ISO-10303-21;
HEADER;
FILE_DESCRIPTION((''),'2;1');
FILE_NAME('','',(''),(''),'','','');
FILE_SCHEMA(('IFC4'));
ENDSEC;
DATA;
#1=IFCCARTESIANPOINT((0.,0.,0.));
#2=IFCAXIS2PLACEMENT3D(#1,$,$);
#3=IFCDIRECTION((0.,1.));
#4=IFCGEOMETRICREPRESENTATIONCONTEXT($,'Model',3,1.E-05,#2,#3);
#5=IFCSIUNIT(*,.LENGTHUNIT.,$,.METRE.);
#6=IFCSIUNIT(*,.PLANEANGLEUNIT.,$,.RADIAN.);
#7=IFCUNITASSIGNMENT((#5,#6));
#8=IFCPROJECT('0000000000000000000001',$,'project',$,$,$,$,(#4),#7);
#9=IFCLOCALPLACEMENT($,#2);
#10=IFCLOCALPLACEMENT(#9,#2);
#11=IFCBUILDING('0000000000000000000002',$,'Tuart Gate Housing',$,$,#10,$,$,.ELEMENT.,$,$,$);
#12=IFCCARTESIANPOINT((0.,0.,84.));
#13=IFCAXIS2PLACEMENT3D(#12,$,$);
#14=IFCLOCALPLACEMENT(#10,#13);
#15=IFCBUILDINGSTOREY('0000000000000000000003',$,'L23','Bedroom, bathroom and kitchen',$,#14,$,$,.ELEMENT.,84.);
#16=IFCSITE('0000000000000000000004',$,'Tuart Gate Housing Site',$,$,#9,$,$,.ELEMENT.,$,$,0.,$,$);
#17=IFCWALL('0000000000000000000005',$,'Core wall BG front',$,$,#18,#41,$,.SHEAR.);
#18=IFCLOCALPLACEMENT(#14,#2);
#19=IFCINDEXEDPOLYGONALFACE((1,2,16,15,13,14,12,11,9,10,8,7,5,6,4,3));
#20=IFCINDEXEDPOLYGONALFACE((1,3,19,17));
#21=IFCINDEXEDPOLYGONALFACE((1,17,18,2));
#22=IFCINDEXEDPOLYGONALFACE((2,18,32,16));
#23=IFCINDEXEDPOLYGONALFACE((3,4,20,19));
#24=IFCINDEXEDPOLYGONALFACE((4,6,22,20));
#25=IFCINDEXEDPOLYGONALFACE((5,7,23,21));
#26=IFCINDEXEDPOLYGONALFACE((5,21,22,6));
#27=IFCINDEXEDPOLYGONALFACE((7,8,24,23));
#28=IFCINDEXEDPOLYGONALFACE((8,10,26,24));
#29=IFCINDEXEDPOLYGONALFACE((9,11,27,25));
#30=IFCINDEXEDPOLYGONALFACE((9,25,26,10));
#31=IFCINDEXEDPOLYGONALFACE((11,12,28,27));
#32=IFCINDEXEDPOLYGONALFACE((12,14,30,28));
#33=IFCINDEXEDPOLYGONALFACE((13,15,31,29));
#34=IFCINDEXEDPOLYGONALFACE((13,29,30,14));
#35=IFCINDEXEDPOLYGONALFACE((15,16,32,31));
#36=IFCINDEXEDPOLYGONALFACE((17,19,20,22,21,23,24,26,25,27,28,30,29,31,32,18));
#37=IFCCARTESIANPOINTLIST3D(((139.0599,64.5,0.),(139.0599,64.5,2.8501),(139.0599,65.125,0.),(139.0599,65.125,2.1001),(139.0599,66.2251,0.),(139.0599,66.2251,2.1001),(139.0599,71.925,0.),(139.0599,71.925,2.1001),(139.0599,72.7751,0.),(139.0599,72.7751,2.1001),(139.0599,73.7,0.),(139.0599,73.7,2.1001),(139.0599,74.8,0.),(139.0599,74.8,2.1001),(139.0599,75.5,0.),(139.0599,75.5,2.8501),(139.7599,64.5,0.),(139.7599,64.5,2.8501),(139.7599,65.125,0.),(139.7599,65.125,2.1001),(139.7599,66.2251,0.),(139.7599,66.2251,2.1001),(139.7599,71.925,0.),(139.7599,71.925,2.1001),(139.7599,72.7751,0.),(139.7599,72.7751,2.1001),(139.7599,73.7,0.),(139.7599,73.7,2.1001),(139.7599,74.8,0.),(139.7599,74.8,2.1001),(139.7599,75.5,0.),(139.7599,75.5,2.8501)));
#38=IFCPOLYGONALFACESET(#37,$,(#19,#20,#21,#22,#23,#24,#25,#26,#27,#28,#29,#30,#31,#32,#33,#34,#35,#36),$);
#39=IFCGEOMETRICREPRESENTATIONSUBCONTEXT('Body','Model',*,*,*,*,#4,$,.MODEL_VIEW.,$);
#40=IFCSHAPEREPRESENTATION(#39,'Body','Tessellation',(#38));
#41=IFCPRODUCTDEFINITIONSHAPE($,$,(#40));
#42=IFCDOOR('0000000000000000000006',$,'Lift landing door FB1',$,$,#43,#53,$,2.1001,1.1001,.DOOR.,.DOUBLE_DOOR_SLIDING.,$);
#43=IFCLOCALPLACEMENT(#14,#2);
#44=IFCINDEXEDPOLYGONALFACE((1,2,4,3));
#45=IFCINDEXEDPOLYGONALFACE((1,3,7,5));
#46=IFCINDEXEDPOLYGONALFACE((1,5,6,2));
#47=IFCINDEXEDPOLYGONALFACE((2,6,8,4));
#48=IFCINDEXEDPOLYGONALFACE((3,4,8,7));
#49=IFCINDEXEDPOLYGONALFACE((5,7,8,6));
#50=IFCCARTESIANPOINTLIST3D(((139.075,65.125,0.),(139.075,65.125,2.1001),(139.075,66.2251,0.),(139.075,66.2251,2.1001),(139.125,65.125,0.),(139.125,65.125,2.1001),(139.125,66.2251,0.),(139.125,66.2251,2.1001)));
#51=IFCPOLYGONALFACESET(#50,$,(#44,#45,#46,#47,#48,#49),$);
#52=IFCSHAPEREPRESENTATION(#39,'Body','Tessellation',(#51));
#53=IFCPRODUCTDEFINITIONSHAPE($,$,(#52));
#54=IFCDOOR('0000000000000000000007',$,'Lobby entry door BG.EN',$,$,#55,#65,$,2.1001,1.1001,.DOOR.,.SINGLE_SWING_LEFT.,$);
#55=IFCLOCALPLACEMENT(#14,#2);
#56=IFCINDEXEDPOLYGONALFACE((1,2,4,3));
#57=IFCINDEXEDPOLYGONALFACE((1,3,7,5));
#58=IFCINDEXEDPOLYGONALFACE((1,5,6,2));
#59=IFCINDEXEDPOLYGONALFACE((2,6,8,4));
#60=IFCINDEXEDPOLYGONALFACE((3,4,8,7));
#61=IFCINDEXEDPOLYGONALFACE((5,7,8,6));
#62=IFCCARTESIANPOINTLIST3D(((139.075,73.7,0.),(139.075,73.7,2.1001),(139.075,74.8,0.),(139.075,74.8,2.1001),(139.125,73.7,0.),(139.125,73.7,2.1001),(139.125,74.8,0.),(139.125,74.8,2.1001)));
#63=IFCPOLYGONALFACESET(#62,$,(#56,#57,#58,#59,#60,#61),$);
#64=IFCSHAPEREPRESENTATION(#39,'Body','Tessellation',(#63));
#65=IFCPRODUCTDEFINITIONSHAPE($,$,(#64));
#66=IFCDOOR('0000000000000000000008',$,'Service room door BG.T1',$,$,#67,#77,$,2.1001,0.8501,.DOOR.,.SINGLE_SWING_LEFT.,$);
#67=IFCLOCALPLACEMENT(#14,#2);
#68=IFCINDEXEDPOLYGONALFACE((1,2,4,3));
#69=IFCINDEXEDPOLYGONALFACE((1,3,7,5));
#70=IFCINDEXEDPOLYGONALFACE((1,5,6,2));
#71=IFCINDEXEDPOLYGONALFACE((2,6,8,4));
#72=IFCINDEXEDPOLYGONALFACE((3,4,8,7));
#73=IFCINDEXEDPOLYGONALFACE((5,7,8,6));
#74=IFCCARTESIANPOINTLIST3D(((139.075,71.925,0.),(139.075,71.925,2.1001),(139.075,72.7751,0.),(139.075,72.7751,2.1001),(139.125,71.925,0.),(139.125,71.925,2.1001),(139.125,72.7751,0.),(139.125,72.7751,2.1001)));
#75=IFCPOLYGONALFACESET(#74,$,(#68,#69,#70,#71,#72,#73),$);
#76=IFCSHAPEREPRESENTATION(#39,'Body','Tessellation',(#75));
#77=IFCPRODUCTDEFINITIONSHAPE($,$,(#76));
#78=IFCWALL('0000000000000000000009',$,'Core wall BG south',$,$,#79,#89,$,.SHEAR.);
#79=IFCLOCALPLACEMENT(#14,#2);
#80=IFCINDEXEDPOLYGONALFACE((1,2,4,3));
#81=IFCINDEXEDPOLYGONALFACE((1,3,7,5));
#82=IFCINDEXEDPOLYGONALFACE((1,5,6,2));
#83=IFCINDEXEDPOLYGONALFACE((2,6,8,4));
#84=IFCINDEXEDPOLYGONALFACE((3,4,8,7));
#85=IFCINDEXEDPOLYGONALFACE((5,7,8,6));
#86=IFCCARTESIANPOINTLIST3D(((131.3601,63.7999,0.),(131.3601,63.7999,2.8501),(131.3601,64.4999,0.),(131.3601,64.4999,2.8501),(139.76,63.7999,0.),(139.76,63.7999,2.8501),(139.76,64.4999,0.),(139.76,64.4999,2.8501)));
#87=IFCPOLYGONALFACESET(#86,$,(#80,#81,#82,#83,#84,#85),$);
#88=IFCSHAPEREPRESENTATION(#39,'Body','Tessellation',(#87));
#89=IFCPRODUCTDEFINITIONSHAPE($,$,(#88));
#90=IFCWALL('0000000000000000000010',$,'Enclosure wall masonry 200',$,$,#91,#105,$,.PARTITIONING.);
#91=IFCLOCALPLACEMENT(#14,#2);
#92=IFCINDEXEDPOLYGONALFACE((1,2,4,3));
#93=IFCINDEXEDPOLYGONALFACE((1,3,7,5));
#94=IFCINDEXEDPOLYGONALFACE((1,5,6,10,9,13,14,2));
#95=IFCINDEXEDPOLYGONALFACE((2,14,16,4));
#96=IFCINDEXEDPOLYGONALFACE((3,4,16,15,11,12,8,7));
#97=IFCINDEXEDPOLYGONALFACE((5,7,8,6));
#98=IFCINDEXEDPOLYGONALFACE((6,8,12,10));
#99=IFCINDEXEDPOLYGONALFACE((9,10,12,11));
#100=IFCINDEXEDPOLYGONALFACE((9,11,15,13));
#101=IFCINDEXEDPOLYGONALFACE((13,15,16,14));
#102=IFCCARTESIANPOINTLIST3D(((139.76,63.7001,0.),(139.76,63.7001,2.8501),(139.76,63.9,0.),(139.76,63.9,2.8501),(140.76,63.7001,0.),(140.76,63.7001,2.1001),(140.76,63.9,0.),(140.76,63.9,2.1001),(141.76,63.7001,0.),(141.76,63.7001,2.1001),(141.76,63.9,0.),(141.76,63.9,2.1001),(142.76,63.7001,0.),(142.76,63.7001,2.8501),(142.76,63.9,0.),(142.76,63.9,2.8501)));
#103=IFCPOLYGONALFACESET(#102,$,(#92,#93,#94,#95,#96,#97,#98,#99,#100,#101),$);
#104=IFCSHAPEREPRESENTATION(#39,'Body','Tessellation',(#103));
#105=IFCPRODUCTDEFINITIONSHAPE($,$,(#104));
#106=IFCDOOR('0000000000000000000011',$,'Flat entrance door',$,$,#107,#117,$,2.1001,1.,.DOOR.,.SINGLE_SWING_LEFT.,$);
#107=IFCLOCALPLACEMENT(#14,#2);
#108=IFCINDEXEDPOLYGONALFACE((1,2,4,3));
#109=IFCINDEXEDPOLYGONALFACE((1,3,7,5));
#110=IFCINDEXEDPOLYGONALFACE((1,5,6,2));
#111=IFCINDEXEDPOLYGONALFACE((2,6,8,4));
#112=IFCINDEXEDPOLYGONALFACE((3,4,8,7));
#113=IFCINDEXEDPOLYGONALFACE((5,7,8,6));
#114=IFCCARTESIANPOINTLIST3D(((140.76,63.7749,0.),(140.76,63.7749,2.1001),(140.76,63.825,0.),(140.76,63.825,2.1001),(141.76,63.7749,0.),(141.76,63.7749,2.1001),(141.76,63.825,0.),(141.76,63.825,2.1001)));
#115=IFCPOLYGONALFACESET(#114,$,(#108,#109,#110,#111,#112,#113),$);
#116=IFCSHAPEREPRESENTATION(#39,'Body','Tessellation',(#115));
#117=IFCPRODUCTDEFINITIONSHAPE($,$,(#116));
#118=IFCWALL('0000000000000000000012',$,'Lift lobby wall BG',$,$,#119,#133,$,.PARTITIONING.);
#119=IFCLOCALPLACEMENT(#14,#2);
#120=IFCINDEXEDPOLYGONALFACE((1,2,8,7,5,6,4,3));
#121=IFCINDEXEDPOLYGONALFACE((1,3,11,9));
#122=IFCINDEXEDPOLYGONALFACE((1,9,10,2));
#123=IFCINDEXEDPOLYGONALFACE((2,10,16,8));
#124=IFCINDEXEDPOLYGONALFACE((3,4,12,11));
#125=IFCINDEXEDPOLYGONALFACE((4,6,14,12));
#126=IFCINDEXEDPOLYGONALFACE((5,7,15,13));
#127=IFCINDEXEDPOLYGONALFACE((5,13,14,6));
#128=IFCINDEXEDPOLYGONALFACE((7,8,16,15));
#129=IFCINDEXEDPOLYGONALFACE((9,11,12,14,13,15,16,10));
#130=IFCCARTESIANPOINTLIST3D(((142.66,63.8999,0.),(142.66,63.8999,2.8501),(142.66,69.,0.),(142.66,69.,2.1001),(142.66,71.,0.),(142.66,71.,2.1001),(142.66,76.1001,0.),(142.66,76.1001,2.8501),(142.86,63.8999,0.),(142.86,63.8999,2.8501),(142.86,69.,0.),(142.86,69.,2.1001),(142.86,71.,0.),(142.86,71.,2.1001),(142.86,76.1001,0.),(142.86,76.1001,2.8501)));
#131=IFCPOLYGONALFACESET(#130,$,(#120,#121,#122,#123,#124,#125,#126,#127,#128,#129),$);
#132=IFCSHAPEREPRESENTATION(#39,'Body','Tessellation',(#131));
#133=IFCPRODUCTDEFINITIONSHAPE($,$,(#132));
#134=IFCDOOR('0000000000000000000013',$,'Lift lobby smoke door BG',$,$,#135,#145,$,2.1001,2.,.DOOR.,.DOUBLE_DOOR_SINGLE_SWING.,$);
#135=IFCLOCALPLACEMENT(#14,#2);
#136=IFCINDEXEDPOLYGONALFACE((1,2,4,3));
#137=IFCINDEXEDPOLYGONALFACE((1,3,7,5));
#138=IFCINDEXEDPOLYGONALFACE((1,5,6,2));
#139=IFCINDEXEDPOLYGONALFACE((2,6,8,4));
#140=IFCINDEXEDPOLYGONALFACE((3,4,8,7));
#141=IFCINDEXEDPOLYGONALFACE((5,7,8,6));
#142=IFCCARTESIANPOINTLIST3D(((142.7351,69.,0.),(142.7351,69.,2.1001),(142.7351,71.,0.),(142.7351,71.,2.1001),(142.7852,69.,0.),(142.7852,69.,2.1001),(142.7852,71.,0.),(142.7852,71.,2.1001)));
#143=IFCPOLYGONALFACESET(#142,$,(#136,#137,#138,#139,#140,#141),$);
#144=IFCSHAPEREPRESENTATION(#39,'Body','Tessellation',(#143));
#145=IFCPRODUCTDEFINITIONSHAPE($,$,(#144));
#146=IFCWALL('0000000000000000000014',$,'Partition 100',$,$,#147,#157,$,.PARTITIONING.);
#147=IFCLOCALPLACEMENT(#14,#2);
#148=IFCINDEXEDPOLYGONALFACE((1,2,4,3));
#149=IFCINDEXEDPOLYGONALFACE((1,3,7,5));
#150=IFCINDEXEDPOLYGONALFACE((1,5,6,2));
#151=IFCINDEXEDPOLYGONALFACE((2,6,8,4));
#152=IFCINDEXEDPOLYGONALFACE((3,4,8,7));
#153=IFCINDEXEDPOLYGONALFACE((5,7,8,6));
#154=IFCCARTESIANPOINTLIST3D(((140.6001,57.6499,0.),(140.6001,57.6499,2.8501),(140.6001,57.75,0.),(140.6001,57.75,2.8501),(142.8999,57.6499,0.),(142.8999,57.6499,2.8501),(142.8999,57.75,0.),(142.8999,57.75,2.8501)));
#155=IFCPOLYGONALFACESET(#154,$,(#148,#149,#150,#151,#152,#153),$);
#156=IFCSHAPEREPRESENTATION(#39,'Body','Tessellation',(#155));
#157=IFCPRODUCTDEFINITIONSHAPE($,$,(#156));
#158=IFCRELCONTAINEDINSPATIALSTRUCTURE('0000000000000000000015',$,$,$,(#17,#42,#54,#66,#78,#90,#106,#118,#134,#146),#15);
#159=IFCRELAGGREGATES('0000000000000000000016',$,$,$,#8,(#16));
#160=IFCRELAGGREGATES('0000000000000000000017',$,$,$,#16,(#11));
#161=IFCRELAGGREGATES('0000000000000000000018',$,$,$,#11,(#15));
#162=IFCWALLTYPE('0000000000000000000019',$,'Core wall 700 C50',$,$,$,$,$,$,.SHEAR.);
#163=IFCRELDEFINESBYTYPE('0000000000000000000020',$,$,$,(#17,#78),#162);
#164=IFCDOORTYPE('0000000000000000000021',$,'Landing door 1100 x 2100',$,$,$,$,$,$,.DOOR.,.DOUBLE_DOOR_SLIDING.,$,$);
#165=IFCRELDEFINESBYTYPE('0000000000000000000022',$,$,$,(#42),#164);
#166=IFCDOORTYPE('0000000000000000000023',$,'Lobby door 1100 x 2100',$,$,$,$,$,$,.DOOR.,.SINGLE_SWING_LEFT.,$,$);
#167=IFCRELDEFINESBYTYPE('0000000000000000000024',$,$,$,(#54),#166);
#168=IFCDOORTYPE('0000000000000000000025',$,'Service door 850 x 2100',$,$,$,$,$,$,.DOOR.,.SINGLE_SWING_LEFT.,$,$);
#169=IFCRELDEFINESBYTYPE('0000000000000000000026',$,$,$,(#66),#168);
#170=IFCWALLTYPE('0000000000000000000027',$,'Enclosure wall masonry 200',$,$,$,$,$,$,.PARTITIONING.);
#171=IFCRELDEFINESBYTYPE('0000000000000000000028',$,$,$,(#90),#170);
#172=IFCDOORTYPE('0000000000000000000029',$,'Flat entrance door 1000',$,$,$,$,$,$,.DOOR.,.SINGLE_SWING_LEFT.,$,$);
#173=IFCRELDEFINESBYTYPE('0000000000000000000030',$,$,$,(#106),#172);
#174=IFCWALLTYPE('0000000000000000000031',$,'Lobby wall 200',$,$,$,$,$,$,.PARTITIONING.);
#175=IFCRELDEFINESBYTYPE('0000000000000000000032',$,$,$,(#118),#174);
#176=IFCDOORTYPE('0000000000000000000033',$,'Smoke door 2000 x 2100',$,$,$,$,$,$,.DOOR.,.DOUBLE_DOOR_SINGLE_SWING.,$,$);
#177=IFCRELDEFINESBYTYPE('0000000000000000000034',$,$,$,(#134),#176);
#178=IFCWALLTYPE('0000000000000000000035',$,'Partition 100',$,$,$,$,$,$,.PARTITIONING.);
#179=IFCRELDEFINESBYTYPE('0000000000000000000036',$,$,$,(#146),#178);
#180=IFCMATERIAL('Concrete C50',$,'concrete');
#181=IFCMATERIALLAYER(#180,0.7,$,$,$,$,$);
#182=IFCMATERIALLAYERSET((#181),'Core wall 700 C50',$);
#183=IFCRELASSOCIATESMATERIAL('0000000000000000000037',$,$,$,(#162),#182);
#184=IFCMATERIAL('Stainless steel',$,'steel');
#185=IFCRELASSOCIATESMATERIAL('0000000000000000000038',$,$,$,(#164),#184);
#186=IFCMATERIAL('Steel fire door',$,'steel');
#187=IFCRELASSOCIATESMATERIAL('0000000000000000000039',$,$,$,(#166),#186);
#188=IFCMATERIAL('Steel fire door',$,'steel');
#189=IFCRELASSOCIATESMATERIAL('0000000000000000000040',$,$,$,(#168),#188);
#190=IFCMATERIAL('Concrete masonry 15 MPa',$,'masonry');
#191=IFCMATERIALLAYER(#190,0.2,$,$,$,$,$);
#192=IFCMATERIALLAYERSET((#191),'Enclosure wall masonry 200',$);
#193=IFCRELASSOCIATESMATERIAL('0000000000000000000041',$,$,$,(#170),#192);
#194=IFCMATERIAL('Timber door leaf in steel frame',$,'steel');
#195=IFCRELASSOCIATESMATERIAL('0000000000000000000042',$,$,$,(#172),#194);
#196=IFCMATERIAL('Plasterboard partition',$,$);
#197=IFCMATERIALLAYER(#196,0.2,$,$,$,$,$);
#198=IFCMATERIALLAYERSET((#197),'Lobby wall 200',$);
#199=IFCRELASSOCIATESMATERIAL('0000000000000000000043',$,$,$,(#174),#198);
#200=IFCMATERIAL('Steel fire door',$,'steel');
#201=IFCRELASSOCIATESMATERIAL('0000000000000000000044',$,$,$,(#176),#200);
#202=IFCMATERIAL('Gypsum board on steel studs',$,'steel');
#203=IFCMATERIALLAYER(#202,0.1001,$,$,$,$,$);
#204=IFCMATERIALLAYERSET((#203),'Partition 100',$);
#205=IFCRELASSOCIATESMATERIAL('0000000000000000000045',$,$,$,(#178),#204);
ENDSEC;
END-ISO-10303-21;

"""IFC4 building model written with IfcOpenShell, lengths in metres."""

from ifc_helpers import new_model, si_unit, direction, frame, frame_2d, origin, place, context, subcontext, project, spatial, rectangle, extrude, material, layer, layer_set, type_object, element, fill, save


model = new_model("IFC4")

# Units and contexts
model_context = context("Model", 3, precision=1e-05, world=origin(), true_north=direction((0.0, 1.0)))
body_context = subcontext(model_context, "Body", "Model", "MODEL_VIEW")
ifc_project = project(units=[si_unit("LENGTHUNIT", "METRE"), si_unit("PLANEANGLEUNIT", "RADIAN")], contexts=[model_context])

# Site, building, storey
site_placement = place(None, origin())
site = spatial("IfcSite", under=ifc_project, at=site_placement, Name="Tuart Gate Housing Site", CompositionType="ELEMENT", RefElevation=0.0)
building_placement = place(site_placement, origin())
building = spatial("IfcBuilding", under=site, at=building_placement, Name="Tuart Gate Housing", CompositionType="ELEMENT")
storey_placement = place(building_placement, frame((0.0, 0.0, 84.0)))
storey = spatial("IfcBuildingStorey", under=building, at=storey_placement, Name="L23", Description="Bedroom, bathroom and kitchen", CompositionType="ELEMENT", Elevation=84.0)

# Wall, openings, doors
ifc_material_1 = material(Name="Concrete C50", Category="concrete")
ifc_layer_1 = layer(ifc_material_1, 0.7)
ifc_layer_set_1 = layer_set([ifc_layer_1], Name="Core wall 700 C50")
wall_type_1 = type_object("IfcWallType", Name="Core wall 700 C50", PredefinedType="SHEAR", material=ifc_layer_set_1)
wall_1_placement = place(storey_placement, frame((139.4099, 64.5, 0.0), z_axis=(0.0, 0.0, 1.0), x_axis=(0.0, 1.0, 0.0)))
wall_1 = element("IfcWall", 1, at=wall_1_placement, inside=storey, type_object=wall_type_1, Name="Core wall BG front", PredefinedType="SHEAR", context=body_context, shape_type="SweptSolid", body=[
    extrude(rectangle(XDim=11.0, YDim=0.7, at=frame_2d((5.5, 0.0))), origin(), (0.0, 0.0, 1.0), 2.8501),
])
opening_1_placement = place(wall_1_placement, frame((0.625, 0.0, 0.0)))
opening_1 = element("IfcOpeningElement", 2, at=opening_1_placement, cuts=wall_1, PredefinedType="OPENING", context=body_context, shape_type="SweptSolid", body=[
    extrude(rectangle(XDim=1.1001, YDim=2.1001, at=frame_2d((0.55, 1.05))), frame((0.0, 0.3599, 0.0), z_axis=(0.0, -1.0, 0.0), x_axis=(1.0, 0.0, 0.0)), (0.0, 0.0, 1.0), 0.72),
])
opening_2_placement = place(wall_1_placement, frame((9.2, 0.0, 0.0)))
opening_2 = element("IfcOpeningElement", 3, at=opening_2_placement, cuts=wall_1, PredefinedType="OPENING", context=body_context, shape_type="SweptSolid", body=[
    extrude(rectangle(XDim=1.1001, YDim=2.1001, at=frame_2d((0.55, 1.05))), frame((0.0, 0.3599, 0.0), z_axis=(0.0, -1.0, 0.0), x_axis=(1.0, 0.0, 0.0)), (0.0, 0.0, 1.0), 0.72),
])
opening_3_placement = place(wall_1_placement, frame((7.425, 0.0, 0.0)))
opening_3 = element("IfcOpeningElement", 4, at=opening_3_placement, cuts=wall_1, PredefinedType="OPENING", context=body_context, shape_type="SweptSolid", body=[
    extrude(rectangle(XDim=0.8501, YDim=2.1001, at=frame_2d((0.425, 1.05))), frame((0.0, 0.3599, 0.0), z_axis=(0.0, -1.0, 0.0), x_axis=(1.0, 0.0, 0.0)), (0.0, 0.0, 1.0), 0.72),
])
ifc_material_2 = material(Name="Stainless steel", Category="steel")
door_type_1 = type_object("IfcDoorType", Name="Landing door 1100 x 2100", OperationType="DOUBLE_DOOR_SLIDING", PredefinedType="DOOR", material=ifc_material_2)
door_1_placement = place(opening_1_placement, origin())
door_1 = element("IfcDoor", 5, at=door_1_placement, inside=storey, type_object=door_type_1, Name="Lift landing door FB1", OperationType="DOUBLE_DOOR_SLIDING", OverallHeight=2.1001, OverallWidth=1.1001, PredefinedType="DOOR", context=body_context, shape_type="SweptSolid", body=[
    extrude(rectangle(XDim=1.1001, YDim=2.1001, at=frame_2d((0.55, 1.05))), frame((0.0, 0.335, 0.0), z_axis=(0.0, -1.0, 0.0), x_axis=(1.0, 0.0, 0.0)), (0.0, 0.0, 1.0), 0.05),
])
fill(opening_1, door_1)
ifc_material_3 = material(Name="Steel fire door", Category="steel")
door_type_2 = type_object("IfcDoorType", Name="Lobby door 1100 x 2100", OperationType="SINGLE_SWING_LEFT", PredefinedType="DOOR", material=ifc_material_3)
door_2_placement = place(opening_2_placement, origin())
door_2 = element("IfcDoor", 6, at=door_2_placement, inside=storey, type_object=door_type_2, Name="Lobby entry door BG.EN", OperationType="SINGLE_SWING_LEFT", OverallHeight=2.1001, OverallWidth=1.1001, PredefinedType="DOOR", context=body_context, shape_type="SweptSolid", body=[
    extrude(rectangle(XDim=1.1001, YDim=2.1001, at=frame_2d((0.55, 1.05))), frame((0.0, 0.335, 0.0), z_axis=(0.0, -1.0, 0.0), x_axis=(1.0, 0.0, 0.0)), (0.0, 0.0, 1.0), 0.05),
])
fill(opening_2, door_2)
ifc_material_4 = material(Name="Steel fire door", Category="steel")
door_type_3 = type_object("IfcDoorType", Name="Service door 850 x 2100", OperationType="SINGLE_SWING_LEFT", PredefinedType="DOOR", material=ifc_material_4)
door_3_placement = place(opening_3_placement, origin())
door_3 = element("IfcDoor", 7, at=door_3_placement, inside=storey, type_object=door_type_3, Name="Service room door BG.T1", OperationType="SINGLE_SWING_LEFT", OverallHeight=2.1001, OverallWidth=0.8501, PredefinedType="DOOR", context=body_context, shape_type="SweptSolid", body=[
    extrude(rectangle(XDim=0.8501, YDim=2.1001, at=frame_2d((0.425, 1.05))), frame((0.0, 0.335, 0.0), z_axis=(0.0, -1.0, 0.0), x_axis=(1.0, 0.0, 0.0)), (0.0, 0.0, 1.0), 0.05),
])
fill(opening_3, door_3)

# Wall
wall_2_placement = place(storey_placement, frame((139.76, 64.1499, 0.0), z_axis=(0.0, 0.0, 1.0), x_axis=(-1.0, 0.0, 0.0)))
element("IfcWall", 8, at=wall_2_placement, inside=storey, type_object=wall_type_1, Name="Core wall BG south", PredefinedType="SHEAR", context=body_context, shape_type="SweptSolid", body=[
    extrude(rectangle(XDim=8.3999, YDim=0.7, at=frame_2d((4.2, 0.0))), origin(), (0.0, 0.0, 1.0), 2.8501),
])

# Walls, openings, doors
ifc_material_5 = material(Name="Concrete masonry 15 MPa", Category="masonry")
ifc_layer_2 = layer(ifc_material_5, 0.2)
ifc_layer_set_2 = layer_set([ifc_layer_2], Name="Enclosure wall masonry 200")
wall_type_2 = type_object("IfcWallType", Name="Enclosure wall masonry 200", PredefinedType="PARTITIONING", material=ifc_layer_set_2)
wall_3_placement = place(storey_placement, frame((139.76, 63.8, 0.0), z_axis=(0.0, 0.0, 1.0), x_axis=(1.0, 0.0, 0.0)))
wall_3 = element("IfcWall", 9, at=wall_3_placement, inside=storey, type_object=wall_type_2, Name="Enclosure wall masonry 200", PredefinedType="PARTITIONING", context=body_context, shape_type="SweptSolid", body=[
    extrude(rectangle(XDim=3.0, YDim=0.2, at=frame_2d((1.5, 0.0))), origin(), (0.0, 0.0, 1.0), 2.8501),
])
opening_4_placement = place(wall_3_placement, frame((1.0, 0.0, 0.0)))
opening_4 = element("IfcOpeningElement", 10, at=opening_4_placement, cuts=wall_3, PredefinedType="OPENING", context=body_context, shape_type="SweptSolid", body=[
    extrude(rectangle(XDim=1.0, YDim=2.1001, at=frame_2d((0.5, 1.05))), frame((0.0, 0.1099, 0.0), z_axis=(0.0, -1.0, 0.0), x_axis=(1.0, 0.0, 0.0)), (0.0, 0.0, 1.0), 0.22),
])
ifc_material_6 = material(Name="Timber door leaf in steel frame", Category="steel")
door_type_4 = type_object("IfcDoorType", Name="Flat entrance door 1000", OperationType="SINGLE_SWING_LEFT", PredefinedType="DOOR", material=ifc_material_6)
door_4_placement = place(opening_4_placement, frame((1.0, 0.0, 0.0), z_axis=(0.0, 0.0, 1.0), x_axis=(-1.0, 0.0, 0.0)))
door_4 = element("IfcDoor", 11, at=door_4_placement, inside=storey, type_object=door_type_4, Name="Flat entrance door", OperationType="SINGLE_SWING_LEFT", OverallHeight=2.1001, OverallWidth=1.0, PredefinedType="DOOR", context=body_context, shape_type="SweptSolid", body=[
    extrude(rectangle(XDim=1.0, YDim=2.1001, at=frame_2d((0.5, 1.05))), frame((0.0, 0.0251, 0.0), z_axis=(0.0, -1.0, 0.0), x_axis=(1.0, 0.0, 0.0)), (0.0, 0.0, 1.0), 0.05),
])
fill(opening_4, door_4)
ifc_material_7 = material(Name="Plasterboard partition")
ifc_layer_3 = layer(ifc_material_7, 0.2)
ifc_layer_set_3 = layer_set([ifc_layer_3], Name="Lobby wall 200")
wall_type_3 = type_object("IfcWallType", Name="Lobby wall 200", PredefinedType="PARTITIONING", material=ifc_layer_set_3)
wall_4_placement = place(storey_placement, frame((142.76, 63.8999, 0.0), z_axis=(0.0, 0.0, 1.0), x_axis=(0.0, 1.0, 0.0)))
wall_4 = element("IfcWall", 12, at=wall_4_placement, inside=storey, type_object=wall_type_3, Name="Lift lobby wall BG", PredefinedType="PARTITIONING", context=body_context, shape_type="SweptSolid", body=[
    extrude(rectangle(XDim=12.2002, YDim=0.2, at=frame_2d((6.1001, 0.0))), origin(), (0.0, 0.0, 1.0), 2.8501),
])
opening_5_placement = place(wall_4_placement, frame((5.1001, 0.0, 0.0)))
opening_5 = element("IfcOpeningElement", 13, at=opening_5_placement, cuts=wall_4, PredefinedType="OPENING", context=body_context, shape_type="SweptSolid", body=[
    extrude(rectangle(XDim=2.0, YDim=2.1001, at=frame_2d((1.0, 1.05))), frame((0.0, 0.1099, 0.0), z_axis=(0.0, -1.0, 0.0), x_axis=(1.0, 0.0, 0.0)), (0.0, 0.0, 1.0), 0.22),
])
ifc_material_8 = material(Name="Steel fire door", Category="steel")
door_type_5 = type_object("IfcDoorType", Name="Smoke door 2000 x 2100", OperationType="DOUBLE_DOOR_SINGLE_SWING", PredefinedType="DOOR", material=ifc_material_8)
door_5_placement = place(opening_5_placement, origin())
door_5 = element("IfcDoor", 14, at=door_5_placement, inside=storey, type_object=door_type_5, Name="Lift lobby smoke door BG", OperationType="DOUBLE_DOOR_SINGLE_SWING", OverallHeight=2.1001, OverallWidth=2.0, PredefinedType="DOOR", context=body_context, shape_type="SweptSolid", body=[
    extrude(rectangle(XDim=2.0, YDim=2.1001, at=frame_2d((1.0, 1.05))), frame((0.0, 0.0249, 0.0), z_axis=(0.0, -1.0, 0.0), x_axis=(1.0, 0.0, 0.0)), (0.0, 0.0, 1.0), 0.05),
])
fill(opening_5, door_5)

# Wall
ifc_material_9 = material(Name="Gypsum board on steel studs", Category="steel")
ifc_layer_4 = layer(ifc_material_9, 0.1001)
ifc_layer_set_4 = layer_set([ifc_layer_4], Name="Partition 100")
wall_type_4 = type_object("IfcWallType", Name="Partition 100", PredefinedType="PARTITIONING", material=ifc_layer_set_4)
wall_5_placement = place(storey_placement, frame((140.6001, 57.7, 0.0), z_axis=(0.0, 0.0, 1.0), x_axis=(1.0, 0.0, 0.0)))
element("IfcWall", 15, at=wall_5_placement, inside=storey, type_object=wall_type_4, Name="Partition 100", PredefinedType="PARTITIONING", context=body_context, shape_type="SweptSolid", body=[
    extrude(rectangle(XDim=2.2998, YDim=0.1001, at=frame_2d((1.1499, 0.0))), origin(), (0.0, 0.0, 1.0), 2.8501),
])

save(model, "model.ifc")
